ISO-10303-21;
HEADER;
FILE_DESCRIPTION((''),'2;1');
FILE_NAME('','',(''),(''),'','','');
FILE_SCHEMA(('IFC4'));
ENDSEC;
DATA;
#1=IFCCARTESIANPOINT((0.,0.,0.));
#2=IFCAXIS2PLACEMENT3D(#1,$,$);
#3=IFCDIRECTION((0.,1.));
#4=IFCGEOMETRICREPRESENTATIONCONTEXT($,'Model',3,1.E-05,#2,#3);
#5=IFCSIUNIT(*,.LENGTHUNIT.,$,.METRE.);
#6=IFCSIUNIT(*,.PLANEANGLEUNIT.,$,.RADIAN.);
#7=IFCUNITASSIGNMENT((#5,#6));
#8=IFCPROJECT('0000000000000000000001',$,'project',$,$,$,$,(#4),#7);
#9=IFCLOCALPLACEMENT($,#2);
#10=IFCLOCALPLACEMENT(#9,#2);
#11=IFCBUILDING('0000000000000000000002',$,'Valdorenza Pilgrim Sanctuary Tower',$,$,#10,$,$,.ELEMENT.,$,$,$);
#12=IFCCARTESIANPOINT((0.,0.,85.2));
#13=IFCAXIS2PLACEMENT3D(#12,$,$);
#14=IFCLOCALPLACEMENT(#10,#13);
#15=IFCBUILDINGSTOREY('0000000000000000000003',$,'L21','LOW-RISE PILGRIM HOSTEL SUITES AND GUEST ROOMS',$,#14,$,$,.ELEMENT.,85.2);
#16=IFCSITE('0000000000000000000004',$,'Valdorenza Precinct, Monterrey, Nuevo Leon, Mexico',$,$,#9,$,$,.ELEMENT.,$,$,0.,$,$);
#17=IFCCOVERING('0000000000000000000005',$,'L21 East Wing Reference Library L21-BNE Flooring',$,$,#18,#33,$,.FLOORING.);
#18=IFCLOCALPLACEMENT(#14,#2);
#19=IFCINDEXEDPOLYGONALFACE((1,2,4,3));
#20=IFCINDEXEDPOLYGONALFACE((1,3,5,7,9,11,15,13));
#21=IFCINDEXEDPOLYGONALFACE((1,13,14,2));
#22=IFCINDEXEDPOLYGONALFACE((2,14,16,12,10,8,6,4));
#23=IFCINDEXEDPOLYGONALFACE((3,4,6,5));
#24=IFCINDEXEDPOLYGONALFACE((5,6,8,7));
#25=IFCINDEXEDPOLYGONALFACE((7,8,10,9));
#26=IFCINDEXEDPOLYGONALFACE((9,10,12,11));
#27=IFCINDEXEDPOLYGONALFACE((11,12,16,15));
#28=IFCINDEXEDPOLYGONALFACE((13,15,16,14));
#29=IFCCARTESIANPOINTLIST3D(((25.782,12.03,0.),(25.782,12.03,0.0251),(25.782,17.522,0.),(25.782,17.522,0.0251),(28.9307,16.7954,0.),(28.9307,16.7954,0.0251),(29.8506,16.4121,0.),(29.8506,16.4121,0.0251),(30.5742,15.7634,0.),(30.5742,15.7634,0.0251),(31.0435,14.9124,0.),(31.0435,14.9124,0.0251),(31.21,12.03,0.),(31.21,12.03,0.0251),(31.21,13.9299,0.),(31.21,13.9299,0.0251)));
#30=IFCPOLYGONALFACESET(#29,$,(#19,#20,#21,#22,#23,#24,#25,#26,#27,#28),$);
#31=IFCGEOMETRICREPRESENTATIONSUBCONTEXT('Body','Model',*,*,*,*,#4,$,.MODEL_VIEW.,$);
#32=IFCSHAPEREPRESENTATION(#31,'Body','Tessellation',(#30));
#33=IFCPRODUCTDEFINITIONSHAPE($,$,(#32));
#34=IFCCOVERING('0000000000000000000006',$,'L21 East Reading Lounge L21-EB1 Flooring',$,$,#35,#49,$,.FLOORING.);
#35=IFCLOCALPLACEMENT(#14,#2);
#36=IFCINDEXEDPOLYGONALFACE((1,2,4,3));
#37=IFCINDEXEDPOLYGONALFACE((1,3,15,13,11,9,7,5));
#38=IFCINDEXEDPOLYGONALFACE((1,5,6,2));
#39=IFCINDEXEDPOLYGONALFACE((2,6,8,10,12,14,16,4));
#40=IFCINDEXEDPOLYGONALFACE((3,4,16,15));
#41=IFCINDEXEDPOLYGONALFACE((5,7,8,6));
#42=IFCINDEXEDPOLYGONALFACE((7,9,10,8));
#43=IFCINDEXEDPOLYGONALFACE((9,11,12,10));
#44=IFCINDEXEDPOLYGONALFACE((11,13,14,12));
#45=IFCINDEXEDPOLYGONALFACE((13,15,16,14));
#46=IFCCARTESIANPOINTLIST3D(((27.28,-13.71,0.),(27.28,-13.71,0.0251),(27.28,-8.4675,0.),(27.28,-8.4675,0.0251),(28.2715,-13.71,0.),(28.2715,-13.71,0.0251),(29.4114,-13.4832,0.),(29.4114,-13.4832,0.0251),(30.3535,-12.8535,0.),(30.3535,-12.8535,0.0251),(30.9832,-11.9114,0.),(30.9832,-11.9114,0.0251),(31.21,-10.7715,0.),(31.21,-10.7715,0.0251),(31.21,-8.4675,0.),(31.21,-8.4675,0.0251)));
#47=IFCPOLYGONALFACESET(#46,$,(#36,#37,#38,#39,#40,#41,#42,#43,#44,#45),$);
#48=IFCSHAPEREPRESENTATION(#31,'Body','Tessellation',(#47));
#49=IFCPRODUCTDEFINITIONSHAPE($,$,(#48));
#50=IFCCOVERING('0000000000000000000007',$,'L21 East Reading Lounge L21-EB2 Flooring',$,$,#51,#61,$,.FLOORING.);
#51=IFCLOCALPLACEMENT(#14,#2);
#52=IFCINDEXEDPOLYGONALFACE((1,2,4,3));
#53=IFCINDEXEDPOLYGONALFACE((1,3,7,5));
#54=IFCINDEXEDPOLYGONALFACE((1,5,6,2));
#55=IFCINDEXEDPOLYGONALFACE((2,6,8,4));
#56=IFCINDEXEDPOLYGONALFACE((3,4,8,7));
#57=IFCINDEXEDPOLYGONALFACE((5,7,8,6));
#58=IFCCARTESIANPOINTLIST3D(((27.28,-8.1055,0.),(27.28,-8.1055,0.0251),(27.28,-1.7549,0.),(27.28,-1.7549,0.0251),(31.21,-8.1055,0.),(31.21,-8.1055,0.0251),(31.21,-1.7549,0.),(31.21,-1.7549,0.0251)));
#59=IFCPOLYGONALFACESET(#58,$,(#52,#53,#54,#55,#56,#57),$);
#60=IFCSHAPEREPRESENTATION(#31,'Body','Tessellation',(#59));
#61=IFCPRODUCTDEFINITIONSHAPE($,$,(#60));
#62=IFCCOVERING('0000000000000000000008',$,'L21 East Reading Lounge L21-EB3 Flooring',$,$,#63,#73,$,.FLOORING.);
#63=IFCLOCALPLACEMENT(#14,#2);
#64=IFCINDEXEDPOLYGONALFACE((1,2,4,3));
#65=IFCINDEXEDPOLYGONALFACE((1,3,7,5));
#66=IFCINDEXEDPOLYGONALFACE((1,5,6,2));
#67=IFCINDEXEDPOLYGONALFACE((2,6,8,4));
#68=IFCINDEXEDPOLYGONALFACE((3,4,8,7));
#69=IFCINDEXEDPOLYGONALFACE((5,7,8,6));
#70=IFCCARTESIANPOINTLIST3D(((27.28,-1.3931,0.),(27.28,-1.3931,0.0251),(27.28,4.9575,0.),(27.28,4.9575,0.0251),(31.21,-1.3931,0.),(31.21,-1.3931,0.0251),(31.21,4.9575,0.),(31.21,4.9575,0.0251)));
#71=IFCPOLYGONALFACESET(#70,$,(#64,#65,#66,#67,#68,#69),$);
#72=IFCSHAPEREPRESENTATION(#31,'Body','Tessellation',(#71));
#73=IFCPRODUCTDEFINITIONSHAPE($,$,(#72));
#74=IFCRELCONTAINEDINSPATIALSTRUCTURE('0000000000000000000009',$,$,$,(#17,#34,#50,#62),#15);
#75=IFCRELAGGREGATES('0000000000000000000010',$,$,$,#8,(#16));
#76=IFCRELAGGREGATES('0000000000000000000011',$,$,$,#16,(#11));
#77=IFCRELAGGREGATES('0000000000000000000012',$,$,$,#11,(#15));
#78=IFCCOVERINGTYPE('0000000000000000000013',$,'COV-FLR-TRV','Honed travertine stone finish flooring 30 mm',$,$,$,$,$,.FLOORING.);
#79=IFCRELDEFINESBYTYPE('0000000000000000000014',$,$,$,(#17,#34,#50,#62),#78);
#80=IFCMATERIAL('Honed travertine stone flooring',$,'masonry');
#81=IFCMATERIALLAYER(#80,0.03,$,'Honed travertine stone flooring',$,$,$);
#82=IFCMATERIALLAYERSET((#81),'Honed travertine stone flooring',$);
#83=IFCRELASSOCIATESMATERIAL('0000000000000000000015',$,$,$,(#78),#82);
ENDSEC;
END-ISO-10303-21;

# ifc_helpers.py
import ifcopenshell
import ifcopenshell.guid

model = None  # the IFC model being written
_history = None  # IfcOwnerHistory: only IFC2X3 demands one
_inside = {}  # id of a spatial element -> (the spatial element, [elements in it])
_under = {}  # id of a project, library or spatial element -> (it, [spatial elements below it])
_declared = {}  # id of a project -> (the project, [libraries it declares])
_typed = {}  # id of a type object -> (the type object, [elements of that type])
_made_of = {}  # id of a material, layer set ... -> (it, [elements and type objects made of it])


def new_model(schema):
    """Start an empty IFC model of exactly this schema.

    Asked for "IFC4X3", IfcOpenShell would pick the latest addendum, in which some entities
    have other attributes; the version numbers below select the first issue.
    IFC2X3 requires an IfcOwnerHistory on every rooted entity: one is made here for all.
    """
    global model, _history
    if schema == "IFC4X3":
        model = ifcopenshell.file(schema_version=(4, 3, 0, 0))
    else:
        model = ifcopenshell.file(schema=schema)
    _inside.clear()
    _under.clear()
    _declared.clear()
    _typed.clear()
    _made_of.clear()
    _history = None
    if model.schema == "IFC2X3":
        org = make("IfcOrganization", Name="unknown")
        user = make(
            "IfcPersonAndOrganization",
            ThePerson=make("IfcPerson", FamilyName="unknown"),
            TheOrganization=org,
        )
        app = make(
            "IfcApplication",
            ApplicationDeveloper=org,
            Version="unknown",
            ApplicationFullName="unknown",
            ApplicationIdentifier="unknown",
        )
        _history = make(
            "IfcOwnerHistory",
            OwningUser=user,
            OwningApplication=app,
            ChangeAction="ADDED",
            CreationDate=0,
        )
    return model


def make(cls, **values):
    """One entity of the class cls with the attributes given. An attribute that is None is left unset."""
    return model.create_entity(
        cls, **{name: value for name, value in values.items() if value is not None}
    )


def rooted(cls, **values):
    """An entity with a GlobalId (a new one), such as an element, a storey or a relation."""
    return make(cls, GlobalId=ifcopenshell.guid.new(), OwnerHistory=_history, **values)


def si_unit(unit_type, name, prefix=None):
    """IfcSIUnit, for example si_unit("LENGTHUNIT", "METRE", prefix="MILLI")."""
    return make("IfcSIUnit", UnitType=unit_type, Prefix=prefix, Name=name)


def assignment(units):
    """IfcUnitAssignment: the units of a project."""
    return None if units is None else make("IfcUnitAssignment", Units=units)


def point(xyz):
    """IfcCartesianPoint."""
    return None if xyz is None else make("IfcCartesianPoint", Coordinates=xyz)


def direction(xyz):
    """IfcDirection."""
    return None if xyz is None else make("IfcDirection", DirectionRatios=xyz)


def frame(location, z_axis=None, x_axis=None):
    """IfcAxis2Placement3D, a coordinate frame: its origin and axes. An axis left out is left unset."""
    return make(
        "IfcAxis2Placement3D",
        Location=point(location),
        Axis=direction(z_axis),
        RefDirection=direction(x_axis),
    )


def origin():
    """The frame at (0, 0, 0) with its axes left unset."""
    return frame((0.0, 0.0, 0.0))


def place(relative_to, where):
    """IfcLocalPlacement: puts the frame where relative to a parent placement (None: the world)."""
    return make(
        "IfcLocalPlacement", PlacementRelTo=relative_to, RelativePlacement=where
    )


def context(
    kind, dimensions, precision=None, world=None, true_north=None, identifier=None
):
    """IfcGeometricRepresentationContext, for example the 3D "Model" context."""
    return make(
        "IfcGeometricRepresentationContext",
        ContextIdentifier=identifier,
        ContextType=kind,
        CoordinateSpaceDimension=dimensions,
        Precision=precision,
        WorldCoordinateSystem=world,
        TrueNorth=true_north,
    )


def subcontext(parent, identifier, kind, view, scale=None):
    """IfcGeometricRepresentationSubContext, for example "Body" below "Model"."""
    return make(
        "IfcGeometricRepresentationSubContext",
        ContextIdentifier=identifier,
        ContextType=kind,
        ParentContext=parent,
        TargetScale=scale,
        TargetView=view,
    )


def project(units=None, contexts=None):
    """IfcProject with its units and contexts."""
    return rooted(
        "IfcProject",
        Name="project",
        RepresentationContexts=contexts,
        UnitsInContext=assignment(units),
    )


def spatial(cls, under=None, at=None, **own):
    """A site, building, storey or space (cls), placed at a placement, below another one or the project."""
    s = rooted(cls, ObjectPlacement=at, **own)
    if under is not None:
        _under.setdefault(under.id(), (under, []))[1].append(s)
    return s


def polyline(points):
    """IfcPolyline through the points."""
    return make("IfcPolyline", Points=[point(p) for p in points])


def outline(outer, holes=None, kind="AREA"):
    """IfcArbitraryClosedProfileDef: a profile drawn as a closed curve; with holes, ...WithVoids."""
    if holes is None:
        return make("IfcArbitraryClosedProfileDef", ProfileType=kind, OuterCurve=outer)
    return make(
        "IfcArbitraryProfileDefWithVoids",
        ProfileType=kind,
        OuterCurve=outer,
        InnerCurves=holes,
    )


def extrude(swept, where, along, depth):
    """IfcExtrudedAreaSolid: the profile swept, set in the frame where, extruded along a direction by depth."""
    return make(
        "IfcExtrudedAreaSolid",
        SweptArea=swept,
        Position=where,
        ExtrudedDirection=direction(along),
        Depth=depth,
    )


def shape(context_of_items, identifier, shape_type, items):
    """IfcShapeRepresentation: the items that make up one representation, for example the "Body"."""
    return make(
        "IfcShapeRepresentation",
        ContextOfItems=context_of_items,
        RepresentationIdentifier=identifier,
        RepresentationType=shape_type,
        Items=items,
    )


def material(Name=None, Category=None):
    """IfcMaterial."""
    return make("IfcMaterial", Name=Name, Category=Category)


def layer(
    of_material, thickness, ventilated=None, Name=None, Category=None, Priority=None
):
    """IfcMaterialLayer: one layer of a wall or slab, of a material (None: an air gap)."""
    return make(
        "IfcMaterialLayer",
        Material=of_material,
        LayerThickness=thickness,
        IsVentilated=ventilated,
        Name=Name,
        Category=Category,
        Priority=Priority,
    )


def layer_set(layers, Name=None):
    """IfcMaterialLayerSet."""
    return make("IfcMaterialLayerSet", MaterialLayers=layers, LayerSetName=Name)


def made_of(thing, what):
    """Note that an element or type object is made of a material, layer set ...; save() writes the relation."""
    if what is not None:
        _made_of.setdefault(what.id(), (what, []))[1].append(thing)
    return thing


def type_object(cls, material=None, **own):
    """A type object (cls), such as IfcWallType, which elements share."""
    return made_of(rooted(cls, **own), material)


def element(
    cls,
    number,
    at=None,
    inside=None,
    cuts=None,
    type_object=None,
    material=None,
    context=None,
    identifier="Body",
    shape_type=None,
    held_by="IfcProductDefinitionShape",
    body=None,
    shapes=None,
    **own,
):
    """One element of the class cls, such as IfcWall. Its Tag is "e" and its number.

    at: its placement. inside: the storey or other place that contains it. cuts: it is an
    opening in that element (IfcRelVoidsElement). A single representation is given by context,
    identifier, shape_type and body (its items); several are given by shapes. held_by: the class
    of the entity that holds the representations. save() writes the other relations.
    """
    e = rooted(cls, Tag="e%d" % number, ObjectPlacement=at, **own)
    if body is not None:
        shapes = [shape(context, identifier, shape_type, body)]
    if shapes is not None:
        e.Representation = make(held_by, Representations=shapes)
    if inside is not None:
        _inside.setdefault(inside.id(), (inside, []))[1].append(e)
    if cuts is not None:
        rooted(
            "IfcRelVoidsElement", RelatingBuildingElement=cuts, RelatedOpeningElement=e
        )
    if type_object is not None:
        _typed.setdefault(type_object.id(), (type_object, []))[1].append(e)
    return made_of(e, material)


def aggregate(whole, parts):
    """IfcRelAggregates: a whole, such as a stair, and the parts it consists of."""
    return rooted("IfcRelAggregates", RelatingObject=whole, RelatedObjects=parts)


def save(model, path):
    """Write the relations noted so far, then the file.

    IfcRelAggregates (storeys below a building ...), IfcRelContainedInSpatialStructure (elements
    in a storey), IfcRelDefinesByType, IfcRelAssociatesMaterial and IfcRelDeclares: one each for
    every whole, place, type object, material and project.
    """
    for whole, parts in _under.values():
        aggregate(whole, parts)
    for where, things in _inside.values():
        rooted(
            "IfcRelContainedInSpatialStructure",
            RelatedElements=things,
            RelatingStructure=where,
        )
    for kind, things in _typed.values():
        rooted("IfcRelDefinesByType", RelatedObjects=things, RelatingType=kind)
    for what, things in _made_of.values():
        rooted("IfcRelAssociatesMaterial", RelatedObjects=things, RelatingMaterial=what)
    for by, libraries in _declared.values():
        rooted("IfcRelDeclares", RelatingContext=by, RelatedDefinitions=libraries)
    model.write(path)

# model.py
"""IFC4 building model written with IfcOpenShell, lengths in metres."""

from ifc_helpers import new_model, si_unit, direction, frame, origin, place, context, subcontext, project, spatial, polyline, outline, extrude, material, layer, layer_set, type_object, element, save


model = new_model("IFC4")

# Units and contexts
model_context = context("Model", 3, precision=1e-05, world=origin(), true_north=direction((0.0, 1.0)))
body_context = subcontext(model_context, "Body", "Model", "MODEL_VIEW")
ifc_project = project(units=[si_unit("LENGTHUNIT", "METRE"), si_unit("PLANEANGLEUNIT", "RADIAN")], contexts=[model_context])

# Site, building, storey
site_placement = place(None, origin())
site = spatial("IfcSite", under=ifc_project, at=site_placement, Name="Valdorenza Precinct, Monterrey, Nuevo Leon, Mexico", CompositionType="ELEMENT", RefElevation=0.0)
building_placement = place(site_placement, origin())
building = spatial("IfcBuilding", under=site, at=building_placement, Name="Valdorenza Pilgrim Sanctuary Tower", CompositionType="ELEMENT")
storey_placement = place(building_placement, frame((0.0, 0.0, 85.2)))
storey = spatial("IfcBuildingStorey", under=building, at=storey_placement, Name="L21", Description="LOW-RISE PILGRIM HOSTEL SUITES AND GUEST ROOMS", CompositionType="ELEMENT", Elevation=85.2)

# Coverings
ifc_material_1 = material(Name="Honed travertine stone flooring", Category="masonry")
ifc_layer_1 = layer(ifc_material_1, 0.03, Name="Honed travertine stone flooring")
ifc_layer_set_1 = layer_set([ifc_layer_1], Name="Honed travertine stone flooring")
covering_type_1 = type_object("IfcCoveringType", Name="COV-FLR-TRV", Description="Honed travertine stone finish flooring 30 mm", PredefinedType="FLOORING", material=ifc_layer_set_1)
covering_1_placement = place(storey_placement, origin())
element("IfcCovering", 1, at=covering_1_placement, inside=storey, type_object=covering_type_1, Name="L21 East Wing Reference Library L21-BNE Flooring", PredefinedType="FLOORING", context=body_context, shape_type="SweptSolid", body=[
    extrude(outline(polyline([(28.9307, 16.7954), (29.8506, 16.4121), (30.5742, 15.7634), (31.0435, 14.9124), (31.21, 13.9299), (31.21, 12.03), (25.782, 12.03), (25.782, 17.522), (28.9307, 16.7954)])), origin(), (0.0, 0.0, 1.0), 0.0251),
])
covering_2_placement = place(storey_placement, origin())
element("IfcCovering", 2, at=covering_2_placement, inside=storey, type_object=covering_type_1, Name="L21 East Reading Lounge L21-EB1 Flooring", PredefinedType="FLOORING", context=body_context, shape_type="SweptSolid", body=[
    extrude(outline(polyline([(31.21, -8.4675), (31.21, -10.7715), (30.9832, -11.9114), (30.3535, -12.8535), (29.4114, -13.4832), (28.2715, -13.71), (27.28, -13.71), (27.28, -8.4675), (31.21, -8.4675)])), origin(), (0.0, 0.0, 1.0), 0.0251),
])
covering_3_placement = place(storey_placement, origin())
element("IfcCovering", 3, at=covering_3_placement, inside=storey, type_object=covering_type_1, Name="L21 East Reading Lounge L21-EB2 Flooring", PredefinedType="FLOORING", context=body_context, shape_type="SweptSolid", body=[
    extrude(outline(polyline([(27.28, -1.7549), (31.21, -1.7549), (31.21, -8.1055), (27.28, -8.1055), (27.28, -1.7549)])), origin(), (0.0, 0.0, 1.0), 0.0251),
])
covering_4_placement = place(storey_placement, origin())
element("IfcCovering", 4, at=covering_4_placement, inside=storey, type_object=covering_type_1, Name="L21 East Reading Lounge L21-EB3 Flooring", PredefinedType="FLOORING", context=body_context, shape_type="SweptSolid", body=[
    extrude(outline(polyline([(27.28, 4.9575), (31.21, 4.9575), (31.21, -1.3931), (27.28, -1.3931), (27.28, 4.9575)])), origin(), (0.0, 0.0, 1.0), 0.0251),
])

save(model, "model.ifc")
